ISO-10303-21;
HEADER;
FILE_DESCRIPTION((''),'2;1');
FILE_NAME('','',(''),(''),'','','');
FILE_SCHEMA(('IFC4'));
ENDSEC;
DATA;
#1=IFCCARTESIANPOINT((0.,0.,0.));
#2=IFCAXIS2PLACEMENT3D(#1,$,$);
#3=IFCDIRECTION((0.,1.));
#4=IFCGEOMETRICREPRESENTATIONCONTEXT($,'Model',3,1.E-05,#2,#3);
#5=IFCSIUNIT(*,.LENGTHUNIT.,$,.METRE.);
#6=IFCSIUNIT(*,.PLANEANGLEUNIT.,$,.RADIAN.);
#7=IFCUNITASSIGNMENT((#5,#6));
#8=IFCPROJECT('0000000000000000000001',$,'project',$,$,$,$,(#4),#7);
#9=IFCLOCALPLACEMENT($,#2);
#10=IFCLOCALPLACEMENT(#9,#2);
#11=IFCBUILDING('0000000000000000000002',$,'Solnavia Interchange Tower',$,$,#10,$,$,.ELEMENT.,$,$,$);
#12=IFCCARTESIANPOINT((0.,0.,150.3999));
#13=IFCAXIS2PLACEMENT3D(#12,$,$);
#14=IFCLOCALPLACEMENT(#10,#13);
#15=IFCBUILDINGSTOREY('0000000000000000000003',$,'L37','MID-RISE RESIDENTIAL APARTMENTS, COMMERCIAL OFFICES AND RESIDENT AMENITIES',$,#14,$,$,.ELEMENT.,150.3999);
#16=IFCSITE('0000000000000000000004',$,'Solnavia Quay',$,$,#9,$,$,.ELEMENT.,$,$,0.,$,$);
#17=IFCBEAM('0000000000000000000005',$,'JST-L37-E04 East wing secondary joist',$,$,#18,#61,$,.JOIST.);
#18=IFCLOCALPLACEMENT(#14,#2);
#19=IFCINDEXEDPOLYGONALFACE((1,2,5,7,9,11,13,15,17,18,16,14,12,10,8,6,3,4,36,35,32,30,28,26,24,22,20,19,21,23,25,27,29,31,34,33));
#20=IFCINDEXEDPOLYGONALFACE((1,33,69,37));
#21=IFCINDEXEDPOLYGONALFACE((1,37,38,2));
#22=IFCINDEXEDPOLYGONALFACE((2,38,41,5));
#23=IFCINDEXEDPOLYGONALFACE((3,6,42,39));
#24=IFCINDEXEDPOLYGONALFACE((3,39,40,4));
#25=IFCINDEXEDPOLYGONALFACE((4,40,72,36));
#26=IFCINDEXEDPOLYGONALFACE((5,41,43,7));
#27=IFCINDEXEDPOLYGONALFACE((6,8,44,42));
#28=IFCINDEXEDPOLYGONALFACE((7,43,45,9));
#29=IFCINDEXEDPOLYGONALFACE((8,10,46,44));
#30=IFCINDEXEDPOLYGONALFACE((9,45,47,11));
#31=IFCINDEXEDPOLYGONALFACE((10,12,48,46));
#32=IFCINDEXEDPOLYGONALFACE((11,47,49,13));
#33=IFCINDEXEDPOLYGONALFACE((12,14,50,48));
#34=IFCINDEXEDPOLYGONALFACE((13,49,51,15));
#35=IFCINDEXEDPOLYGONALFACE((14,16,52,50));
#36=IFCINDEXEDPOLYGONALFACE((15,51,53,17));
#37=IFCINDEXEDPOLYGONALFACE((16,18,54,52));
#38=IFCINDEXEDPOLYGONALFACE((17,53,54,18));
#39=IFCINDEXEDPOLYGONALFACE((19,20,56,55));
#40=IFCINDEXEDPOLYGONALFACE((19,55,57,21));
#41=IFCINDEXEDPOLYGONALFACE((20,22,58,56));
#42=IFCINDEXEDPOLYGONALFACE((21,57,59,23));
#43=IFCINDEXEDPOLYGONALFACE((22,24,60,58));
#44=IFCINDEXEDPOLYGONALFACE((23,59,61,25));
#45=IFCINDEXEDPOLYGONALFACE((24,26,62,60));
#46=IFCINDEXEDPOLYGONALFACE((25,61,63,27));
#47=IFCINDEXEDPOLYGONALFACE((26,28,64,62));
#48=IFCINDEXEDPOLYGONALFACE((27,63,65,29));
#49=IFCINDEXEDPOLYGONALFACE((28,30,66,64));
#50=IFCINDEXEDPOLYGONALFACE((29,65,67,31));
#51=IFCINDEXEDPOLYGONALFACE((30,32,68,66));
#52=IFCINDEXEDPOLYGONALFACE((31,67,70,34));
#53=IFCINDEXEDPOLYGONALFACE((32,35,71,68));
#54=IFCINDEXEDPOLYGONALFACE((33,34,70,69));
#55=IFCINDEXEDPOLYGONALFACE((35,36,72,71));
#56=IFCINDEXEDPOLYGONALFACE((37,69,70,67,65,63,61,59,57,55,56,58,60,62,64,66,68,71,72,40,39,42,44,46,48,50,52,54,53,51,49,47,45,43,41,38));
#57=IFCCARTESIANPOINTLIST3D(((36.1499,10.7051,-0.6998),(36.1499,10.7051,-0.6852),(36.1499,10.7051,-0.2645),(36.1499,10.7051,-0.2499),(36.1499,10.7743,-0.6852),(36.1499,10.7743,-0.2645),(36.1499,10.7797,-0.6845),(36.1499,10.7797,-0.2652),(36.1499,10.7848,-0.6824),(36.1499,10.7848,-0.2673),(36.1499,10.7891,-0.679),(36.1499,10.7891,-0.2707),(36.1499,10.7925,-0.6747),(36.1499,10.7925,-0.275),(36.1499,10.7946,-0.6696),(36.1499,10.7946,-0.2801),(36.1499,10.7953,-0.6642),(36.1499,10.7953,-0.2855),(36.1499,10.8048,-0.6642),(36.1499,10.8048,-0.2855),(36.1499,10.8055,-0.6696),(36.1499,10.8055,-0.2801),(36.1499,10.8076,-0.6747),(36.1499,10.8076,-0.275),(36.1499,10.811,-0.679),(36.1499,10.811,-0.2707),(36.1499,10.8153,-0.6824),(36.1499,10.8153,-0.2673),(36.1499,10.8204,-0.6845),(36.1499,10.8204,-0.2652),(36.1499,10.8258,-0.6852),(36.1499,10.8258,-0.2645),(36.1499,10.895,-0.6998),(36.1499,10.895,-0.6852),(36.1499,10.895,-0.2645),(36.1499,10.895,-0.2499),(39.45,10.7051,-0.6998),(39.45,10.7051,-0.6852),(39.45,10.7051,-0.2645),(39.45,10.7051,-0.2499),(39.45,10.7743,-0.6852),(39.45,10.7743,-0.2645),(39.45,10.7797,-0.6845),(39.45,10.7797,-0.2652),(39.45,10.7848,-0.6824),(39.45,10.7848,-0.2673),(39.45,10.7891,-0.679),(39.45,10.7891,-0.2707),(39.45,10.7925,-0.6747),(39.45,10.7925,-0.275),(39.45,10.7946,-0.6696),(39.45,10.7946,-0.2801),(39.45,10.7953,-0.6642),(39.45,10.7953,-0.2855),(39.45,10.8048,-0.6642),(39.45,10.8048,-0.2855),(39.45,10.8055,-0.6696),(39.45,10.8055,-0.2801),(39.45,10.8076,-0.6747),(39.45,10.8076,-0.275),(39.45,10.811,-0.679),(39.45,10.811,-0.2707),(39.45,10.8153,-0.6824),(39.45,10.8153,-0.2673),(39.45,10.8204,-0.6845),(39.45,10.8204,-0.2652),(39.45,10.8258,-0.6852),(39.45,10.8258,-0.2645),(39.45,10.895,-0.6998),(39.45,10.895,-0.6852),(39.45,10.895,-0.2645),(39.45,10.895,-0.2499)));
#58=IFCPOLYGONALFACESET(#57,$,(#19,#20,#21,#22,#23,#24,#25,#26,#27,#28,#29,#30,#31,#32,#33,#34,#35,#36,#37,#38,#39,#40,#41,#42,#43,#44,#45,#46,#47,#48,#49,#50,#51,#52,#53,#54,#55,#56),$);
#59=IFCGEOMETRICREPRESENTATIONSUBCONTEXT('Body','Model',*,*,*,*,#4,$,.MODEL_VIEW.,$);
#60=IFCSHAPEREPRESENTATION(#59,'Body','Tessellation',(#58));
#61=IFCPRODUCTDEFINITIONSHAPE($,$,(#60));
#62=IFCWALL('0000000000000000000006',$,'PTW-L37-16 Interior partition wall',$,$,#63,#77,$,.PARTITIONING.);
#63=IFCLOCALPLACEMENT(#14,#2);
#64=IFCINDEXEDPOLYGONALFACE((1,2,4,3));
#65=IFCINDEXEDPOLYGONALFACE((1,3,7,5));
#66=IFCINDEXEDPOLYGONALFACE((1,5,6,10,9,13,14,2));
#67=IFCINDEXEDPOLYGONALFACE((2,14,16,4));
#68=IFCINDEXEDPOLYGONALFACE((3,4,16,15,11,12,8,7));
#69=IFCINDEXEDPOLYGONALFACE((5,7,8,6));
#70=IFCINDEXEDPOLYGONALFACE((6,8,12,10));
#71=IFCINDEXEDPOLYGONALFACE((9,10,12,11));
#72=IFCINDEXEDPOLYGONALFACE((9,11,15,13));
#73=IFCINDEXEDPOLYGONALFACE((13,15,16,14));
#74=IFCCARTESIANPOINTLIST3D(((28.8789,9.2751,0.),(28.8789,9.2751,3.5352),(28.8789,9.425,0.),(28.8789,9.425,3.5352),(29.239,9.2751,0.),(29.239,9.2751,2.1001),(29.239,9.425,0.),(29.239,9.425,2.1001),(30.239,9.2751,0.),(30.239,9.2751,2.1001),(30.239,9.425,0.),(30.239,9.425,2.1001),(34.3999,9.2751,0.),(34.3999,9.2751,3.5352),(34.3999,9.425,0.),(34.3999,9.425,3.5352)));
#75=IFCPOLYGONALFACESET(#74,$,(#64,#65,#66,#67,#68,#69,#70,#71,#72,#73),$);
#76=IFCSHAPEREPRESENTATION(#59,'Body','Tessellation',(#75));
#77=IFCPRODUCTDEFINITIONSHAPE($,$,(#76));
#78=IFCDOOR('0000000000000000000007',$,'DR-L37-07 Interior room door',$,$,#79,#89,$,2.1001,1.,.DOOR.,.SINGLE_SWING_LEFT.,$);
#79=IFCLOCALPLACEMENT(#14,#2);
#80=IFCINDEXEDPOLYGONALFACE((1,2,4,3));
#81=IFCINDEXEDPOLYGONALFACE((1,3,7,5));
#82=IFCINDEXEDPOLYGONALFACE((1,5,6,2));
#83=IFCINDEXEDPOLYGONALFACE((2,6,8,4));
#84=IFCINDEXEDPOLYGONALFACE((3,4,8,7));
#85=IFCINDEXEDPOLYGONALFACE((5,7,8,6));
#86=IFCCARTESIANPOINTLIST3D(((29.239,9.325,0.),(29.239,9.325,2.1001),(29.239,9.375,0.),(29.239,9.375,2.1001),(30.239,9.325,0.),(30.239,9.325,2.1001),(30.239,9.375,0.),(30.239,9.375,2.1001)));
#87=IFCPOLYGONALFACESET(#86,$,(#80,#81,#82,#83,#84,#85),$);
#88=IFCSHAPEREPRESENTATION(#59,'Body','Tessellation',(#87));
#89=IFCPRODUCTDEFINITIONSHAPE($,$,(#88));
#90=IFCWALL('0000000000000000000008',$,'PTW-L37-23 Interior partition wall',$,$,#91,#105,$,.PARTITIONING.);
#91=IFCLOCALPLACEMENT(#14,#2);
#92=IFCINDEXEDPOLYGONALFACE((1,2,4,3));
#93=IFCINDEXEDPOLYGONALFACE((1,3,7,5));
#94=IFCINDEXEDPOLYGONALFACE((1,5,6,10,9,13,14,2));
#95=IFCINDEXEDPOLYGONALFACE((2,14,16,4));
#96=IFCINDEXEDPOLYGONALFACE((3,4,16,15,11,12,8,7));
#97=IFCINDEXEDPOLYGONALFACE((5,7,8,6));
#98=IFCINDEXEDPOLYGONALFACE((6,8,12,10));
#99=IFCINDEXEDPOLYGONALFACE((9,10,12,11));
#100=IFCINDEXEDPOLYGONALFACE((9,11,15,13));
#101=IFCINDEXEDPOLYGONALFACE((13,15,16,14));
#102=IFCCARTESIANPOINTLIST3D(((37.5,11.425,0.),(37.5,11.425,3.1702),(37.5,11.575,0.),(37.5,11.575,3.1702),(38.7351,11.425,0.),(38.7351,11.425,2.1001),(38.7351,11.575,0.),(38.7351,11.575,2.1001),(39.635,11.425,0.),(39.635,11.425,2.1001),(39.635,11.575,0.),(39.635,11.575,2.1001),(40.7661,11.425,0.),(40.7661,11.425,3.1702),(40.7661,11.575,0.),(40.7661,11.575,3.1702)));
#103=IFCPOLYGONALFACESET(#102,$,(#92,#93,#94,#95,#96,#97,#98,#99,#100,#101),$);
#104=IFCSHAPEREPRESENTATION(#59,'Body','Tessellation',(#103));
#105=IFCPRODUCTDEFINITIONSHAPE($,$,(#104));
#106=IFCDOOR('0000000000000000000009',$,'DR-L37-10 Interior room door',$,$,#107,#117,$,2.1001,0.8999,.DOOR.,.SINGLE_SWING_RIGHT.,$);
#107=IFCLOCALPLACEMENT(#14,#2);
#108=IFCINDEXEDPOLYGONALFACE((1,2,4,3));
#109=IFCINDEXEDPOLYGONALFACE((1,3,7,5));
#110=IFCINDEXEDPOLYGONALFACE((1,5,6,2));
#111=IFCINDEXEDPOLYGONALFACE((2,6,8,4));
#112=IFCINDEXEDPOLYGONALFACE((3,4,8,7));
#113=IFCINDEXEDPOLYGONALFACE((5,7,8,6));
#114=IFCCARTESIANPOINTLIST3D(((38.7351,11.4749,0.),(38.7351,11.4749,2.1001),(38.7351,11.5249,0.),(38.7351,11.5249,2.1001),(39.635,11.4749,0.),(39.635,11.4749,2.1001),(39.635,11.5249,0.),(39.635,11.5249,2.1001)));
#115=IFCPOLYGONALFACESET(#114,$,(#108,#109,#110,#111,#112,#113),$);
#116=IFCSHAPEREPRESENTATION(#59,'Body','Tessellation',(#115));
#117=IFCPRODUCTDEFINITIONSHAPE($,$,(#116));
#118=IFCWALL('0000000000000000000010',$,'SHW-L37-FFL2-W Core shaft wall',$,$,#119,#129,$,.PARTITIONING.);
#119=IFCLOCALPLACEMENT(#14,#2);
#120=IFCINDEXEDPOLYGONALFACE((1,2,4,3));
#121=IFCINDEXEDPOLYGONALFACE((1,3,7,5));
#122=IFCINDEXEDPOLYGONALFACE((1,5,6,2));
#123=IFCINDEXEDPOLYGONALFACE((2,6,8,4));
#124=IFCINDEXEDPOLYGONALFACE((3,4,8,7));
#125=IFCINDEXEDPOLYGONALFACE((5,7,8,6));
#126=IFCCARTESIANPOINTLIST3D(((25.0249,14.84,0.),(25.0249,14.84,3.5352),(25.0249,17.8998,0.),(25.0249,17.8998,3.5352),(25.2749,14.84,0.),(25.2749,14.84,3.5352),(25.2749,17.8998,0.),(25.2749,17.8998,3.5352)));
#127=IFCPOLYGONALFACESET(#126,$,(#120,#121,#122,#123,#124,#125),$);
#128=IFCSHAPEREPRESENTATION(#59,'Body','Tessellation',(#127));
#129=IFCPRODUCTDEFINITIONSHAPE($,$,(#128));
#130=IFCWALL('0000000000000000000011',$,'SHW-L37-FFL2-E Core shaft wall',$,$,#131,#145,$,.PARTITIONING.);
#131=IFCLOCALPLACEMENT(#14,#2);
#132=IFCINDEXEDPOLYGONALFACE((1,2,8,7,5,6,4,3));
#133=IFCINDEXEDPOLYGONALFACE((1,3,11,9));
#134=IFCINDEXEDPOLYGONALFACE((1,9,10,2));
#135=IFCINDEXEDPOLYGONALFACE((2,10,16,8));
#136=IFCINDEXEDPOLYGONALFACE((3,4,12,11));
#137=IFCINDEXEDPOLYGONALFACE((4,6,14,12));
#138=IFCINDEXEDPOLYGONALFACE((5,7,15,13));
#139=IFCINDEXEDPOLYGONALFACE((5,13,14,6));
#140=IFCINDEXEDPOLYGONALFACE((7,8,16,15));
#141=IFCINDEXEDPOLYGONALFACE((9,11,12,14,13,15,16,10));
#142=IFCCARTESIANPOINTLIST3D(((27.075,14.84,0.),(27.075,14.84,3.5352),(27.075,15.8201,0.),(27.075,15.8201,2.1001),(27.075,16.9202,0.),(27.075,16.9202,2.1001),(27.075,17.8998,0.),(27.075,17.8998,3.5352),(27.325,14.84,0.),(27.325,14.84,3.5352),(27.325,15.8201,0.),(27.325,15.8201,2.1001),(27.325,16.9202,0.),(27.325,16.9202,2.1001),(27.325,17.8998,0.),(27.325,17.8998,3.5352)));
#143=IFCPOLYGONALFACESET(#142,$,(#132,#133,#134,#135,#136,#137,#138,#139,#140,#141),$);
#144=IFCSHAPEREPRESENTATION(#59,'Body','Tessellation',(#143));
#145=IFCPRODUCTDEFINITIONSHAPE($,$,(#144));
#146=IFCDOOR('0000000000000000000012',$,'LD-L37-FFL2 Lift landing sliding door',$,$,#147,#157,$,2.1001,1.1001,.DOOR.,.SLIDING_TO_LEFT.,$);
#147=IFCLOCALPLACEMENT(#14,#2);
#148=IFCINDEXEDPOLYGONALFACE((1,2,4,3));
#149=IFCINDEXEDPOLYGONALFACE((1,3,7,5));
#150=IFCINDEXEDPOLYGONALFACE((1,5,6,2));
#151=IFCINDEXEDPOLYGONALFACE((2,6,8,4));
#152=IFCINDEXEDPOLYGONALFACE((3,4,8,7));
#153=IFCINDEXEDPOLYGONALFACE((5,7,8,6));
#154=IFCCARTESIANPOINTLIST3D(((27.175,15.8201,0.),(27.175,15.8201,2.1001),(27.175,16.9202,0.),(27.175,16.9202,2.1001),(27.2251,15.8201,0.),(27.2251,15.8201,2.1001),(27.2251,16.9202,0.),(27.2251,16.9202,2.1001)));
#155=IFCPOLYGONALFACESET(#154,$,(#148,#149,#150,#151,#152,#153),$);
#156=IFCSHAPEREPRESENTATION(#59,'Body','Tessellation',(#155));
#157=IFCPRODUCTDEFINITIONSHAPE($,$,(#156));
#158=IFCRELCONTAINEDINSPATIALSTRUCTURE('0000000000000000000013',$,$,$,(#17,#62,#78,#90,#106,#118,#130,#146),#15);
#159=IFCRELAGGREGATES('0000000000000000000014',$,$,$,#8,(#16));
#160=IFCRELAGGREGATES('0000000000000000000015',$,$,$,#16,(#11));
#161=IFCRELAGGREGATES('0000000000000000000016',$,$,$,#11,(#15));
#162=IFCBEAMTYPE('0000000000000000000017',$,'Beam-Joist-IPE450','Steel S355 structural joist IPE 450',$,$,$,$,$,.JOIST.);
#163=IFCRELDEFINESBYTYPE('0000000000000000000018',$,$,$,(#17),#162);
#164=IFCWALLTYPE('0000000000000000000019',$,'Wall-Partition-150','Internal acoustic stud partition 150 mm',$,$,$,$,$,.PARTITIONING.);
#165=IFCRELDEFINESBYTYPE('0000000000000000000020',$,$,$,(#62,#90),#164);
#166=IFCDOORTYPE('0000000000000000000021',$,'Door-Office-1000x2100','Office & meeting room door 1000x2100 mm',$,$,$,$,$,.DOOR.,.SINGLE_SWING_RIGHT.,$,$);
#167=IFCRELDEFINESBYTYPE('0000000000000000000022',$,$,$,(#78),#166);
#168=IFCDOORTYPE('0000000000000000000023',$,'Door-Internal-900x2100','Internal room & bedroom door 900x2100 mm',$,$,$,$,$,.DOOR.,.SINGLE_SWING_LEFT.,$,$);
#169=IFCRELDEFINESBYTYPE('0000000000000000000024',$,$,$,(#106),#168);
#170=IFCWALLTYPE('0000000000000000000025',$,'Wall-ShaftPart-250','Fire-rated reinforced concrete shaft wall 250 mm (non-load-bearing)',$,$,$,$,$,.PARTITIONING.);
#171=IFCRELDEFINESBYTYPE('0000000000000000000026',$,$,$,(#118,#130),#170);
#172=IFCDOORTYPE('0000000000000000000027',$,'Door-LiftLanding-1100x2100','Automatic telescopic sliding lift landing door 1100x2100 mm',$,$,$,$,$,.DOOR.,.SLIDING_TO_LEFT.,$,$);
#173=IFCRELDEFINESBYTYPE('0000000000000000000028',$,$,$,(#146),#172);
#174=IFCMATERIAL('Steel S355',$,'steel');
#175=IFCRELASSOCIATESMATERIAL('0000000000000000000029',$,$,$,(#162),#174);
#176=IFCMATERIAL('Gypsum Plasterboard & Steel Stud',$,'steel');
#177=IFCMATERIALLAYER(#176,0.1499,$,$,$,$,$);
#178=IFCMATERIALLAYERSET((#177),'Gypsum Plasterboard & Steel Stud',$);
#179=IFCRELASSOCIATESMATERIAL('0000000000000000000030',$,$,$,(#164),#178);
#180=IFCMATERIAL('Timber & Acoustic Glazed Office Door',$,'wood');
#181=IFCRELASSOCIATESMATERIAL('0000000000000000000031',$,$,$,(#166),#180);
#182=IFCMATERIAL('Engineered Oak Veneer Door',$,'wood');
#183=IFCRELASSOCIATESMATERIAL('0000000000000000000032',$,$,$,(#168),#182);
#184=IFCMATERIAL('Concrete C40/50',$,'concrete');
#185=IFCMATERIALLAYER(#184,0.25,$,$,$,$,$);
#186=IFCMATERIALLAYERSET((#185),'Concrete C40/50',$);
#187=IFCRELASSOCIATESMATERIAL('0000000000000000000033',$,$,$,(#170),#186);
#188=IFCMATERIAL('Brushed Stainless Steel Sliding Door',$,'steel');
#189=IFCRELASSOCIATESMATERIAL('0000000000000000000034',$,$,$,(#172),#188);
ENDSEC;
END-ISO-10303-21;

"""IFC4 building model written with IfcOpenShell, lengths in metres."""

from ifc_helpers import new_model, si_unit, direction, frame, frame_2d, origin, origin_2d, place, context, subcontext, project, spatial, rectangle, i_section, extrude, material, layer, layer_set, material_profile, profile_set, type_object, element, fill, save


model = new_model("IFC4")

# Units and contexts
model_context = context("Model", 3, precision=1e-05, world=origin(), true_north=direction((0.0, 1.0)))
body_context = subcontext(model_context, "Body", "Model", "MODEL_VIEW")
ifc_project = project(units=[si_unit("LENGTHUNIT", "METRE"), si_unit("PLANEANGLEUNIT", "RADIAN")], contexts=[model_context])

# Site, building, storey
site_placement = place(None, origin())
site = spatial("IfcSite", under=ifc_project, at=site_placement, Name="Solnavia Quay", CompositionType="ELEMENT", RefElevation=0.0)
building_placement = place(site_placement, origin())
building = spatial("IfcBuilding", under=site, at=building_placement, Name="Solnavia Interchange Tower", CompositionType="ELEMENT")
storey_placement = place(building_placement, frame((0.0, 0.0, 150.3999)))
storey = spatial("IfcBuildingStorey", under=building, at=storey_placement, Name="L37", Description="MID-RISE RESIDENTIAL APARTMENTS, COMMERCIAL OFFICES AND RESIDENT AMENITIES", CompositionType="ELEMENT", Elevation=150.3999)

# Shared definitions
ifc_material_1 = material(Name="Steel S355", Category="steel")

# Beam
ifc_material_profile_1 = material_profile(ifc_material_1, i_section(OverallWidth=0.1899, OverallDepth=0.45, WebThickness=0.0095, FlangeThickness=0.0146, FilletRadius=0.021, at=origin_2d()), Name="IPE 450")
ifc_profile_set_1 = profile_set([ifc_material_profile_1], Name="Steel S355")
beam_type_1 = type_object("IfcBeamType", Name="Beam-Joist-IPE450", Description="Steel S355 structural joist IPE 450", PredefinedType="JOIST", material=ifc_profile_set_1)
beam_1_placement = place(storey_placement, frame((36.1499, 10.8, -0.4749), z_axis=(1.0, 0.0, 0.0), x_axis=(0.0, 1.0, 0.0)))
element("IfcBeam", 1, at=beam_1_placement, inside=storey, type_object=beam_type_1, Name="JST-L37-E04 East wing secondary joist", PredefinedType="JOIST", context=body_context, shape_type="SweptSolid", body=[
    extrude(i_section(OverallWidth=0.1899, OverallDepth=0.45, WebThickness=0.0095, FlangeThickness=0.0146, FilletRadius=0.021, at=origin_2d()), origin(), (0.0, 0.0, 1.0), 3.3),
])

# Walls, openings, doors
ifc_material_2 = material(Name="Gypsum Plasterboard & Steel Stud", Category="steel")
ifc_layer_1 = layer(ifc_material_2, 0.1499)
ifc_layer_set_1 = layer_set([ifc_layer_1], Name="Gypsum Plasterboard & Steel Stud")
wall_type_1 = type_object("IfcWallType", Name="Wall-Partition-150", Description="Internal acoustic stud partition 150 mm", PredefinedType="PARTITIONING", material=ifc_layer_set_1)
wall_1_placement = place(storey_placement, frame((28.8789, 9.3501, 0.0), z_axis=(0.0, 0.0, 1.0), x_axis=(1.0, 0.0, 0.0)))
wall_1 = element("IfcWall", 2, at=wall_1_placement, inside=storey, type_object=wall_type_1, Name="PTW-L37-16 Interior partition wall", PredefinedType="PARTITIONING", context=body_context, shape_type="SweptSolid", body=[
    extrude(rectangle(XDim=5.521, YDim=0.1499, at=frame_2d((2.7605, 0.0))), origin(), (0.0, 0.0, 1.0), 3.5352),
])
opening_1_placement = place(wall_1_placement, frame((0.3601, 0.0, 0.0)))
opening_1 = element("IfcOpeningElement", 3, at=opening_1_placement, cuts=wall_1, PredefinedType="OPENING", context=body_context, shape_type="SweptSolid", body=[
    extrude(rectangle(XDim=1.0, YDim=2.1001, at=frame_2d((0.5, 1.05))), frame((0.0, 0.085, 0.0), z_axis=(0.0, -1.0, 0.0), x_axis=(1.0, 0.0, 0.0)), (0.0, 0.0, 1.0), 0.1699),
])
ifc_material_3 = material(Name="Timber & Acoustic Glazed Office Door", Category="wood")
door_type_1 = type_object("IfcDoorType", Name="Door-Office-1000x2100", Description="Office & meeting room door 1000x2100 mm", OperationType="SINGLE_SWING_RIGHT", PredefinedType="DOOR", material=ifc_material_3)
door_1_placement = place(opening_1_placement, origin())
door_1 = element("IfcDoor", 4, at=door_1_placement, inside=storey, type_object=door_type_1, Name="DR-L37-07 Interior room door", OperationType="SINGLE_SWING_LEFT", OverallHeight=2.1001, OverallWidth=1.0, PredefinedType="DOOR", context=body_context, shape_type="SweptSolid", body=[
    extrude(rectangle(XDim=1.0, YDim=2.1001, at=frame_2d((0.5, 1.05))), frame((0.0, 0.0249, 0.0), z_axis=(0.0, -1.0, 0.0), x_axis=(1.0, 0.0, 0.0)), (0.0, 0.0, 1.0), 0.05),
])
fill(opening_1, door_1)
wall_2_placement = place(storey_placement, frame((37.5, 11.5, 0.0), z_axis=(0.0, 0.0, 1.0), x_axis=(1.0, 0.0, 0.0)))
wall_2 = element("IfcWall", 5, at=wall_2_placement, inside=storey, type_object=wall_type_1, Name="PTW-L37-23 Interior partition wall", PredefinedType="PARTITIONING", context=body_context, shape_type="SweptSolid", body=[
    extrude(rectangle(XDim=3.2661, YDim=0.1499, at=frame_2d((1.6331, 0.0))), origin(), (0.0, 0.0, 1.0), 3.1702),
])
opening_2_placement = place(wall_2_placement, frame((1.2351, 0.0, 0.0)))
opening_2 = element("IfcOpeningElement", 6, at=opening_2_placement, cuts=wall_2, PredefinedType="OPENING", context=body_context, shape_type="SweptSolid", body=[
    extrude(rectangle(XDim=0.8999, YDim=2.1001, at=frame_2d((0.45, 1.05))), frame((0.0, 0.085, 0.0), z_axis=(0.0, -1.0, 0.0), x_axis=(1.0, 0.0, 0.0)), (0.0, 0.0, 1.0), 0.1699),
])
ifc_material_4 = material(Name="Engineered Oak Veneer Door", Category="wood")
door_type_2 = type_object("IfcDoorType", Name="Door-Internal-900x2100", Description="Internal room & bedroom door 900x2100 mm", OperationType="SINGLE_SWING_LEFT", PredefinedType="DOOR", material=ifc_material_4)
door_2_placement = place(opening_2_placement, origin())
door_2 = element("IfcDoor", 7, at=door_2_placement, inside=storey, type_object=door_type_2, Name="DR-L37-10 Interior room door", OperationType="SINGLE_SWING_RIGHT", OverallHeight=2.1001, OverallWidth=0.8999, PredefinedType="DOOR", context=body_context, shape_type="SweptSolid", body=[
    extrude(rectangle(XDim=0.8999, YDim=2.1001, at=frame_2d((0.45, 1.05))), frame((0.0, 0.0249, 0.0), z_axis=(0.0, -1.0, 0.0), x_axis=(1.0, 0.0, 0.0)), (0.0, 0.0, 1.0), 0.05),
])
fill(opening_2, door_2)

# Wall
ifc_material_5 = material(Name="Concrete C40/50", Category="concrete")
ifc_layer_2 = layer(ifc_material_5, 0.25)
ifc_layer_set_2 = layer_set([ifc_layer_2], Name="Concrete C40/50")
wall_type_2 = type_object("IfcWallType", Name="Wall-ShaftPart-250", Description="Fire-rated reinforced concrete shaft wall 250 mm (non-load-bearing)", PredefinedType="PARTITIONING", material=ifc_layer_set_2)
wall_3_placement = place(storey_placement, frame((25.1499, 14.8401, 0.0), z_axis=(0.0, 0.0, 1.0), x_axis=(0.0, 1.0, 0.0)))
element("IfcWall", 8, at=wall_3_placement, inside=storey, type_object=wall_type_2, Name="SHW-L37-FFL2-W Core shaft wall", PredefinedType="PARTITIONING", context=body_context, shape_type="SweptSolid", body=[
    extrude(rectangle(XDim=3.0598, YDim=0.25, at=frame_2d((1.5298, 0.0))), origin(), (0.0, 0.0, 1.0), 3.5352),
])

# Wall, opening, door
wall_4_placement = place(storey_placement, frame((27.2, 14.8401, 0.0), z_axis=(0.0, 0.0, 1.0), x_axis=(0.0, 1.0, 0.0)))
wall_4 = element("IfcWall", 9, at=wall_4_placement, inside=storey, type_object=wall_type_2, Name="SHW-L37-FFL2-E Core shaft wall", PredefinedType="PARTITIONING", context=body_context, shape_type="SweptSolid", body=[
    extrude(rectangle(XDim=3.0598, YDim=0.25, at=frame_2d((1.5298, 0.0))), origin(), (0.0, 0.0, 1.0), 3.5352),
])
opening_3_placement = place(wall_4_placement, frame((0.98, 0.0, 0.0)))
opening_3 = element("IfcOpeningElement", 10, at=opening_3_placement, cuts=wall_4, PredefinedType="OPENING", context=body_context, shape_type="SweptSolid", body=[
    extrude(rectangle(XDim=1.1001, YDim=2.1001, at=frame_2d((0.55, 1.05))), frame((0.0, 0.135, 0.0), z_axis=(0.0, -1.0, 0.0), x_axis=(1.0, 0.0, 0.0)), (0.0, 0.0, 1.0), 0.27),
])
ifc_material_6 = material(Name="Brushed Stainless Steel Sliding Door", Category="steel")
door_type_3 = type_object("IfcDoorType", Name="Door-LiftLanding-1100x2100", Description="Automatic telescopic sliding lift landing door 1100x2100 mm", OperationType="SLIDING_TO_LEFT", PredefinedType="DOOR", material=ifc_material_6)
door_3_placement = place(opening_3_placement, origin())
door_3 = element("IfcDoor", 11, at=door_3_placement, inside=storey, type_object=door_type_3, Name="LD-L37-FFL2 Lift landing sliding door", OperationType="SLIDING_TO_LEFT", OverallHeight=2.1001, OverallWidth=1.1001, PredefinedType="DOOR", context=body_context, shape_type="SweptSolid", body=[
    extrude(rectangle(XDim=1.1001, YDim=2.1001, at=frame_2d((0.55, 1.05))), frame((0.0, 0.0249, 0.0), z_axis=(0.0, -1.0, 0.0), x_axis=(1.0, 0.0, 0.0)), (0.0, 0.0, 1.0), 0.05),
])
fill(opening_3, door_3)

save(model, "model.ifc")
